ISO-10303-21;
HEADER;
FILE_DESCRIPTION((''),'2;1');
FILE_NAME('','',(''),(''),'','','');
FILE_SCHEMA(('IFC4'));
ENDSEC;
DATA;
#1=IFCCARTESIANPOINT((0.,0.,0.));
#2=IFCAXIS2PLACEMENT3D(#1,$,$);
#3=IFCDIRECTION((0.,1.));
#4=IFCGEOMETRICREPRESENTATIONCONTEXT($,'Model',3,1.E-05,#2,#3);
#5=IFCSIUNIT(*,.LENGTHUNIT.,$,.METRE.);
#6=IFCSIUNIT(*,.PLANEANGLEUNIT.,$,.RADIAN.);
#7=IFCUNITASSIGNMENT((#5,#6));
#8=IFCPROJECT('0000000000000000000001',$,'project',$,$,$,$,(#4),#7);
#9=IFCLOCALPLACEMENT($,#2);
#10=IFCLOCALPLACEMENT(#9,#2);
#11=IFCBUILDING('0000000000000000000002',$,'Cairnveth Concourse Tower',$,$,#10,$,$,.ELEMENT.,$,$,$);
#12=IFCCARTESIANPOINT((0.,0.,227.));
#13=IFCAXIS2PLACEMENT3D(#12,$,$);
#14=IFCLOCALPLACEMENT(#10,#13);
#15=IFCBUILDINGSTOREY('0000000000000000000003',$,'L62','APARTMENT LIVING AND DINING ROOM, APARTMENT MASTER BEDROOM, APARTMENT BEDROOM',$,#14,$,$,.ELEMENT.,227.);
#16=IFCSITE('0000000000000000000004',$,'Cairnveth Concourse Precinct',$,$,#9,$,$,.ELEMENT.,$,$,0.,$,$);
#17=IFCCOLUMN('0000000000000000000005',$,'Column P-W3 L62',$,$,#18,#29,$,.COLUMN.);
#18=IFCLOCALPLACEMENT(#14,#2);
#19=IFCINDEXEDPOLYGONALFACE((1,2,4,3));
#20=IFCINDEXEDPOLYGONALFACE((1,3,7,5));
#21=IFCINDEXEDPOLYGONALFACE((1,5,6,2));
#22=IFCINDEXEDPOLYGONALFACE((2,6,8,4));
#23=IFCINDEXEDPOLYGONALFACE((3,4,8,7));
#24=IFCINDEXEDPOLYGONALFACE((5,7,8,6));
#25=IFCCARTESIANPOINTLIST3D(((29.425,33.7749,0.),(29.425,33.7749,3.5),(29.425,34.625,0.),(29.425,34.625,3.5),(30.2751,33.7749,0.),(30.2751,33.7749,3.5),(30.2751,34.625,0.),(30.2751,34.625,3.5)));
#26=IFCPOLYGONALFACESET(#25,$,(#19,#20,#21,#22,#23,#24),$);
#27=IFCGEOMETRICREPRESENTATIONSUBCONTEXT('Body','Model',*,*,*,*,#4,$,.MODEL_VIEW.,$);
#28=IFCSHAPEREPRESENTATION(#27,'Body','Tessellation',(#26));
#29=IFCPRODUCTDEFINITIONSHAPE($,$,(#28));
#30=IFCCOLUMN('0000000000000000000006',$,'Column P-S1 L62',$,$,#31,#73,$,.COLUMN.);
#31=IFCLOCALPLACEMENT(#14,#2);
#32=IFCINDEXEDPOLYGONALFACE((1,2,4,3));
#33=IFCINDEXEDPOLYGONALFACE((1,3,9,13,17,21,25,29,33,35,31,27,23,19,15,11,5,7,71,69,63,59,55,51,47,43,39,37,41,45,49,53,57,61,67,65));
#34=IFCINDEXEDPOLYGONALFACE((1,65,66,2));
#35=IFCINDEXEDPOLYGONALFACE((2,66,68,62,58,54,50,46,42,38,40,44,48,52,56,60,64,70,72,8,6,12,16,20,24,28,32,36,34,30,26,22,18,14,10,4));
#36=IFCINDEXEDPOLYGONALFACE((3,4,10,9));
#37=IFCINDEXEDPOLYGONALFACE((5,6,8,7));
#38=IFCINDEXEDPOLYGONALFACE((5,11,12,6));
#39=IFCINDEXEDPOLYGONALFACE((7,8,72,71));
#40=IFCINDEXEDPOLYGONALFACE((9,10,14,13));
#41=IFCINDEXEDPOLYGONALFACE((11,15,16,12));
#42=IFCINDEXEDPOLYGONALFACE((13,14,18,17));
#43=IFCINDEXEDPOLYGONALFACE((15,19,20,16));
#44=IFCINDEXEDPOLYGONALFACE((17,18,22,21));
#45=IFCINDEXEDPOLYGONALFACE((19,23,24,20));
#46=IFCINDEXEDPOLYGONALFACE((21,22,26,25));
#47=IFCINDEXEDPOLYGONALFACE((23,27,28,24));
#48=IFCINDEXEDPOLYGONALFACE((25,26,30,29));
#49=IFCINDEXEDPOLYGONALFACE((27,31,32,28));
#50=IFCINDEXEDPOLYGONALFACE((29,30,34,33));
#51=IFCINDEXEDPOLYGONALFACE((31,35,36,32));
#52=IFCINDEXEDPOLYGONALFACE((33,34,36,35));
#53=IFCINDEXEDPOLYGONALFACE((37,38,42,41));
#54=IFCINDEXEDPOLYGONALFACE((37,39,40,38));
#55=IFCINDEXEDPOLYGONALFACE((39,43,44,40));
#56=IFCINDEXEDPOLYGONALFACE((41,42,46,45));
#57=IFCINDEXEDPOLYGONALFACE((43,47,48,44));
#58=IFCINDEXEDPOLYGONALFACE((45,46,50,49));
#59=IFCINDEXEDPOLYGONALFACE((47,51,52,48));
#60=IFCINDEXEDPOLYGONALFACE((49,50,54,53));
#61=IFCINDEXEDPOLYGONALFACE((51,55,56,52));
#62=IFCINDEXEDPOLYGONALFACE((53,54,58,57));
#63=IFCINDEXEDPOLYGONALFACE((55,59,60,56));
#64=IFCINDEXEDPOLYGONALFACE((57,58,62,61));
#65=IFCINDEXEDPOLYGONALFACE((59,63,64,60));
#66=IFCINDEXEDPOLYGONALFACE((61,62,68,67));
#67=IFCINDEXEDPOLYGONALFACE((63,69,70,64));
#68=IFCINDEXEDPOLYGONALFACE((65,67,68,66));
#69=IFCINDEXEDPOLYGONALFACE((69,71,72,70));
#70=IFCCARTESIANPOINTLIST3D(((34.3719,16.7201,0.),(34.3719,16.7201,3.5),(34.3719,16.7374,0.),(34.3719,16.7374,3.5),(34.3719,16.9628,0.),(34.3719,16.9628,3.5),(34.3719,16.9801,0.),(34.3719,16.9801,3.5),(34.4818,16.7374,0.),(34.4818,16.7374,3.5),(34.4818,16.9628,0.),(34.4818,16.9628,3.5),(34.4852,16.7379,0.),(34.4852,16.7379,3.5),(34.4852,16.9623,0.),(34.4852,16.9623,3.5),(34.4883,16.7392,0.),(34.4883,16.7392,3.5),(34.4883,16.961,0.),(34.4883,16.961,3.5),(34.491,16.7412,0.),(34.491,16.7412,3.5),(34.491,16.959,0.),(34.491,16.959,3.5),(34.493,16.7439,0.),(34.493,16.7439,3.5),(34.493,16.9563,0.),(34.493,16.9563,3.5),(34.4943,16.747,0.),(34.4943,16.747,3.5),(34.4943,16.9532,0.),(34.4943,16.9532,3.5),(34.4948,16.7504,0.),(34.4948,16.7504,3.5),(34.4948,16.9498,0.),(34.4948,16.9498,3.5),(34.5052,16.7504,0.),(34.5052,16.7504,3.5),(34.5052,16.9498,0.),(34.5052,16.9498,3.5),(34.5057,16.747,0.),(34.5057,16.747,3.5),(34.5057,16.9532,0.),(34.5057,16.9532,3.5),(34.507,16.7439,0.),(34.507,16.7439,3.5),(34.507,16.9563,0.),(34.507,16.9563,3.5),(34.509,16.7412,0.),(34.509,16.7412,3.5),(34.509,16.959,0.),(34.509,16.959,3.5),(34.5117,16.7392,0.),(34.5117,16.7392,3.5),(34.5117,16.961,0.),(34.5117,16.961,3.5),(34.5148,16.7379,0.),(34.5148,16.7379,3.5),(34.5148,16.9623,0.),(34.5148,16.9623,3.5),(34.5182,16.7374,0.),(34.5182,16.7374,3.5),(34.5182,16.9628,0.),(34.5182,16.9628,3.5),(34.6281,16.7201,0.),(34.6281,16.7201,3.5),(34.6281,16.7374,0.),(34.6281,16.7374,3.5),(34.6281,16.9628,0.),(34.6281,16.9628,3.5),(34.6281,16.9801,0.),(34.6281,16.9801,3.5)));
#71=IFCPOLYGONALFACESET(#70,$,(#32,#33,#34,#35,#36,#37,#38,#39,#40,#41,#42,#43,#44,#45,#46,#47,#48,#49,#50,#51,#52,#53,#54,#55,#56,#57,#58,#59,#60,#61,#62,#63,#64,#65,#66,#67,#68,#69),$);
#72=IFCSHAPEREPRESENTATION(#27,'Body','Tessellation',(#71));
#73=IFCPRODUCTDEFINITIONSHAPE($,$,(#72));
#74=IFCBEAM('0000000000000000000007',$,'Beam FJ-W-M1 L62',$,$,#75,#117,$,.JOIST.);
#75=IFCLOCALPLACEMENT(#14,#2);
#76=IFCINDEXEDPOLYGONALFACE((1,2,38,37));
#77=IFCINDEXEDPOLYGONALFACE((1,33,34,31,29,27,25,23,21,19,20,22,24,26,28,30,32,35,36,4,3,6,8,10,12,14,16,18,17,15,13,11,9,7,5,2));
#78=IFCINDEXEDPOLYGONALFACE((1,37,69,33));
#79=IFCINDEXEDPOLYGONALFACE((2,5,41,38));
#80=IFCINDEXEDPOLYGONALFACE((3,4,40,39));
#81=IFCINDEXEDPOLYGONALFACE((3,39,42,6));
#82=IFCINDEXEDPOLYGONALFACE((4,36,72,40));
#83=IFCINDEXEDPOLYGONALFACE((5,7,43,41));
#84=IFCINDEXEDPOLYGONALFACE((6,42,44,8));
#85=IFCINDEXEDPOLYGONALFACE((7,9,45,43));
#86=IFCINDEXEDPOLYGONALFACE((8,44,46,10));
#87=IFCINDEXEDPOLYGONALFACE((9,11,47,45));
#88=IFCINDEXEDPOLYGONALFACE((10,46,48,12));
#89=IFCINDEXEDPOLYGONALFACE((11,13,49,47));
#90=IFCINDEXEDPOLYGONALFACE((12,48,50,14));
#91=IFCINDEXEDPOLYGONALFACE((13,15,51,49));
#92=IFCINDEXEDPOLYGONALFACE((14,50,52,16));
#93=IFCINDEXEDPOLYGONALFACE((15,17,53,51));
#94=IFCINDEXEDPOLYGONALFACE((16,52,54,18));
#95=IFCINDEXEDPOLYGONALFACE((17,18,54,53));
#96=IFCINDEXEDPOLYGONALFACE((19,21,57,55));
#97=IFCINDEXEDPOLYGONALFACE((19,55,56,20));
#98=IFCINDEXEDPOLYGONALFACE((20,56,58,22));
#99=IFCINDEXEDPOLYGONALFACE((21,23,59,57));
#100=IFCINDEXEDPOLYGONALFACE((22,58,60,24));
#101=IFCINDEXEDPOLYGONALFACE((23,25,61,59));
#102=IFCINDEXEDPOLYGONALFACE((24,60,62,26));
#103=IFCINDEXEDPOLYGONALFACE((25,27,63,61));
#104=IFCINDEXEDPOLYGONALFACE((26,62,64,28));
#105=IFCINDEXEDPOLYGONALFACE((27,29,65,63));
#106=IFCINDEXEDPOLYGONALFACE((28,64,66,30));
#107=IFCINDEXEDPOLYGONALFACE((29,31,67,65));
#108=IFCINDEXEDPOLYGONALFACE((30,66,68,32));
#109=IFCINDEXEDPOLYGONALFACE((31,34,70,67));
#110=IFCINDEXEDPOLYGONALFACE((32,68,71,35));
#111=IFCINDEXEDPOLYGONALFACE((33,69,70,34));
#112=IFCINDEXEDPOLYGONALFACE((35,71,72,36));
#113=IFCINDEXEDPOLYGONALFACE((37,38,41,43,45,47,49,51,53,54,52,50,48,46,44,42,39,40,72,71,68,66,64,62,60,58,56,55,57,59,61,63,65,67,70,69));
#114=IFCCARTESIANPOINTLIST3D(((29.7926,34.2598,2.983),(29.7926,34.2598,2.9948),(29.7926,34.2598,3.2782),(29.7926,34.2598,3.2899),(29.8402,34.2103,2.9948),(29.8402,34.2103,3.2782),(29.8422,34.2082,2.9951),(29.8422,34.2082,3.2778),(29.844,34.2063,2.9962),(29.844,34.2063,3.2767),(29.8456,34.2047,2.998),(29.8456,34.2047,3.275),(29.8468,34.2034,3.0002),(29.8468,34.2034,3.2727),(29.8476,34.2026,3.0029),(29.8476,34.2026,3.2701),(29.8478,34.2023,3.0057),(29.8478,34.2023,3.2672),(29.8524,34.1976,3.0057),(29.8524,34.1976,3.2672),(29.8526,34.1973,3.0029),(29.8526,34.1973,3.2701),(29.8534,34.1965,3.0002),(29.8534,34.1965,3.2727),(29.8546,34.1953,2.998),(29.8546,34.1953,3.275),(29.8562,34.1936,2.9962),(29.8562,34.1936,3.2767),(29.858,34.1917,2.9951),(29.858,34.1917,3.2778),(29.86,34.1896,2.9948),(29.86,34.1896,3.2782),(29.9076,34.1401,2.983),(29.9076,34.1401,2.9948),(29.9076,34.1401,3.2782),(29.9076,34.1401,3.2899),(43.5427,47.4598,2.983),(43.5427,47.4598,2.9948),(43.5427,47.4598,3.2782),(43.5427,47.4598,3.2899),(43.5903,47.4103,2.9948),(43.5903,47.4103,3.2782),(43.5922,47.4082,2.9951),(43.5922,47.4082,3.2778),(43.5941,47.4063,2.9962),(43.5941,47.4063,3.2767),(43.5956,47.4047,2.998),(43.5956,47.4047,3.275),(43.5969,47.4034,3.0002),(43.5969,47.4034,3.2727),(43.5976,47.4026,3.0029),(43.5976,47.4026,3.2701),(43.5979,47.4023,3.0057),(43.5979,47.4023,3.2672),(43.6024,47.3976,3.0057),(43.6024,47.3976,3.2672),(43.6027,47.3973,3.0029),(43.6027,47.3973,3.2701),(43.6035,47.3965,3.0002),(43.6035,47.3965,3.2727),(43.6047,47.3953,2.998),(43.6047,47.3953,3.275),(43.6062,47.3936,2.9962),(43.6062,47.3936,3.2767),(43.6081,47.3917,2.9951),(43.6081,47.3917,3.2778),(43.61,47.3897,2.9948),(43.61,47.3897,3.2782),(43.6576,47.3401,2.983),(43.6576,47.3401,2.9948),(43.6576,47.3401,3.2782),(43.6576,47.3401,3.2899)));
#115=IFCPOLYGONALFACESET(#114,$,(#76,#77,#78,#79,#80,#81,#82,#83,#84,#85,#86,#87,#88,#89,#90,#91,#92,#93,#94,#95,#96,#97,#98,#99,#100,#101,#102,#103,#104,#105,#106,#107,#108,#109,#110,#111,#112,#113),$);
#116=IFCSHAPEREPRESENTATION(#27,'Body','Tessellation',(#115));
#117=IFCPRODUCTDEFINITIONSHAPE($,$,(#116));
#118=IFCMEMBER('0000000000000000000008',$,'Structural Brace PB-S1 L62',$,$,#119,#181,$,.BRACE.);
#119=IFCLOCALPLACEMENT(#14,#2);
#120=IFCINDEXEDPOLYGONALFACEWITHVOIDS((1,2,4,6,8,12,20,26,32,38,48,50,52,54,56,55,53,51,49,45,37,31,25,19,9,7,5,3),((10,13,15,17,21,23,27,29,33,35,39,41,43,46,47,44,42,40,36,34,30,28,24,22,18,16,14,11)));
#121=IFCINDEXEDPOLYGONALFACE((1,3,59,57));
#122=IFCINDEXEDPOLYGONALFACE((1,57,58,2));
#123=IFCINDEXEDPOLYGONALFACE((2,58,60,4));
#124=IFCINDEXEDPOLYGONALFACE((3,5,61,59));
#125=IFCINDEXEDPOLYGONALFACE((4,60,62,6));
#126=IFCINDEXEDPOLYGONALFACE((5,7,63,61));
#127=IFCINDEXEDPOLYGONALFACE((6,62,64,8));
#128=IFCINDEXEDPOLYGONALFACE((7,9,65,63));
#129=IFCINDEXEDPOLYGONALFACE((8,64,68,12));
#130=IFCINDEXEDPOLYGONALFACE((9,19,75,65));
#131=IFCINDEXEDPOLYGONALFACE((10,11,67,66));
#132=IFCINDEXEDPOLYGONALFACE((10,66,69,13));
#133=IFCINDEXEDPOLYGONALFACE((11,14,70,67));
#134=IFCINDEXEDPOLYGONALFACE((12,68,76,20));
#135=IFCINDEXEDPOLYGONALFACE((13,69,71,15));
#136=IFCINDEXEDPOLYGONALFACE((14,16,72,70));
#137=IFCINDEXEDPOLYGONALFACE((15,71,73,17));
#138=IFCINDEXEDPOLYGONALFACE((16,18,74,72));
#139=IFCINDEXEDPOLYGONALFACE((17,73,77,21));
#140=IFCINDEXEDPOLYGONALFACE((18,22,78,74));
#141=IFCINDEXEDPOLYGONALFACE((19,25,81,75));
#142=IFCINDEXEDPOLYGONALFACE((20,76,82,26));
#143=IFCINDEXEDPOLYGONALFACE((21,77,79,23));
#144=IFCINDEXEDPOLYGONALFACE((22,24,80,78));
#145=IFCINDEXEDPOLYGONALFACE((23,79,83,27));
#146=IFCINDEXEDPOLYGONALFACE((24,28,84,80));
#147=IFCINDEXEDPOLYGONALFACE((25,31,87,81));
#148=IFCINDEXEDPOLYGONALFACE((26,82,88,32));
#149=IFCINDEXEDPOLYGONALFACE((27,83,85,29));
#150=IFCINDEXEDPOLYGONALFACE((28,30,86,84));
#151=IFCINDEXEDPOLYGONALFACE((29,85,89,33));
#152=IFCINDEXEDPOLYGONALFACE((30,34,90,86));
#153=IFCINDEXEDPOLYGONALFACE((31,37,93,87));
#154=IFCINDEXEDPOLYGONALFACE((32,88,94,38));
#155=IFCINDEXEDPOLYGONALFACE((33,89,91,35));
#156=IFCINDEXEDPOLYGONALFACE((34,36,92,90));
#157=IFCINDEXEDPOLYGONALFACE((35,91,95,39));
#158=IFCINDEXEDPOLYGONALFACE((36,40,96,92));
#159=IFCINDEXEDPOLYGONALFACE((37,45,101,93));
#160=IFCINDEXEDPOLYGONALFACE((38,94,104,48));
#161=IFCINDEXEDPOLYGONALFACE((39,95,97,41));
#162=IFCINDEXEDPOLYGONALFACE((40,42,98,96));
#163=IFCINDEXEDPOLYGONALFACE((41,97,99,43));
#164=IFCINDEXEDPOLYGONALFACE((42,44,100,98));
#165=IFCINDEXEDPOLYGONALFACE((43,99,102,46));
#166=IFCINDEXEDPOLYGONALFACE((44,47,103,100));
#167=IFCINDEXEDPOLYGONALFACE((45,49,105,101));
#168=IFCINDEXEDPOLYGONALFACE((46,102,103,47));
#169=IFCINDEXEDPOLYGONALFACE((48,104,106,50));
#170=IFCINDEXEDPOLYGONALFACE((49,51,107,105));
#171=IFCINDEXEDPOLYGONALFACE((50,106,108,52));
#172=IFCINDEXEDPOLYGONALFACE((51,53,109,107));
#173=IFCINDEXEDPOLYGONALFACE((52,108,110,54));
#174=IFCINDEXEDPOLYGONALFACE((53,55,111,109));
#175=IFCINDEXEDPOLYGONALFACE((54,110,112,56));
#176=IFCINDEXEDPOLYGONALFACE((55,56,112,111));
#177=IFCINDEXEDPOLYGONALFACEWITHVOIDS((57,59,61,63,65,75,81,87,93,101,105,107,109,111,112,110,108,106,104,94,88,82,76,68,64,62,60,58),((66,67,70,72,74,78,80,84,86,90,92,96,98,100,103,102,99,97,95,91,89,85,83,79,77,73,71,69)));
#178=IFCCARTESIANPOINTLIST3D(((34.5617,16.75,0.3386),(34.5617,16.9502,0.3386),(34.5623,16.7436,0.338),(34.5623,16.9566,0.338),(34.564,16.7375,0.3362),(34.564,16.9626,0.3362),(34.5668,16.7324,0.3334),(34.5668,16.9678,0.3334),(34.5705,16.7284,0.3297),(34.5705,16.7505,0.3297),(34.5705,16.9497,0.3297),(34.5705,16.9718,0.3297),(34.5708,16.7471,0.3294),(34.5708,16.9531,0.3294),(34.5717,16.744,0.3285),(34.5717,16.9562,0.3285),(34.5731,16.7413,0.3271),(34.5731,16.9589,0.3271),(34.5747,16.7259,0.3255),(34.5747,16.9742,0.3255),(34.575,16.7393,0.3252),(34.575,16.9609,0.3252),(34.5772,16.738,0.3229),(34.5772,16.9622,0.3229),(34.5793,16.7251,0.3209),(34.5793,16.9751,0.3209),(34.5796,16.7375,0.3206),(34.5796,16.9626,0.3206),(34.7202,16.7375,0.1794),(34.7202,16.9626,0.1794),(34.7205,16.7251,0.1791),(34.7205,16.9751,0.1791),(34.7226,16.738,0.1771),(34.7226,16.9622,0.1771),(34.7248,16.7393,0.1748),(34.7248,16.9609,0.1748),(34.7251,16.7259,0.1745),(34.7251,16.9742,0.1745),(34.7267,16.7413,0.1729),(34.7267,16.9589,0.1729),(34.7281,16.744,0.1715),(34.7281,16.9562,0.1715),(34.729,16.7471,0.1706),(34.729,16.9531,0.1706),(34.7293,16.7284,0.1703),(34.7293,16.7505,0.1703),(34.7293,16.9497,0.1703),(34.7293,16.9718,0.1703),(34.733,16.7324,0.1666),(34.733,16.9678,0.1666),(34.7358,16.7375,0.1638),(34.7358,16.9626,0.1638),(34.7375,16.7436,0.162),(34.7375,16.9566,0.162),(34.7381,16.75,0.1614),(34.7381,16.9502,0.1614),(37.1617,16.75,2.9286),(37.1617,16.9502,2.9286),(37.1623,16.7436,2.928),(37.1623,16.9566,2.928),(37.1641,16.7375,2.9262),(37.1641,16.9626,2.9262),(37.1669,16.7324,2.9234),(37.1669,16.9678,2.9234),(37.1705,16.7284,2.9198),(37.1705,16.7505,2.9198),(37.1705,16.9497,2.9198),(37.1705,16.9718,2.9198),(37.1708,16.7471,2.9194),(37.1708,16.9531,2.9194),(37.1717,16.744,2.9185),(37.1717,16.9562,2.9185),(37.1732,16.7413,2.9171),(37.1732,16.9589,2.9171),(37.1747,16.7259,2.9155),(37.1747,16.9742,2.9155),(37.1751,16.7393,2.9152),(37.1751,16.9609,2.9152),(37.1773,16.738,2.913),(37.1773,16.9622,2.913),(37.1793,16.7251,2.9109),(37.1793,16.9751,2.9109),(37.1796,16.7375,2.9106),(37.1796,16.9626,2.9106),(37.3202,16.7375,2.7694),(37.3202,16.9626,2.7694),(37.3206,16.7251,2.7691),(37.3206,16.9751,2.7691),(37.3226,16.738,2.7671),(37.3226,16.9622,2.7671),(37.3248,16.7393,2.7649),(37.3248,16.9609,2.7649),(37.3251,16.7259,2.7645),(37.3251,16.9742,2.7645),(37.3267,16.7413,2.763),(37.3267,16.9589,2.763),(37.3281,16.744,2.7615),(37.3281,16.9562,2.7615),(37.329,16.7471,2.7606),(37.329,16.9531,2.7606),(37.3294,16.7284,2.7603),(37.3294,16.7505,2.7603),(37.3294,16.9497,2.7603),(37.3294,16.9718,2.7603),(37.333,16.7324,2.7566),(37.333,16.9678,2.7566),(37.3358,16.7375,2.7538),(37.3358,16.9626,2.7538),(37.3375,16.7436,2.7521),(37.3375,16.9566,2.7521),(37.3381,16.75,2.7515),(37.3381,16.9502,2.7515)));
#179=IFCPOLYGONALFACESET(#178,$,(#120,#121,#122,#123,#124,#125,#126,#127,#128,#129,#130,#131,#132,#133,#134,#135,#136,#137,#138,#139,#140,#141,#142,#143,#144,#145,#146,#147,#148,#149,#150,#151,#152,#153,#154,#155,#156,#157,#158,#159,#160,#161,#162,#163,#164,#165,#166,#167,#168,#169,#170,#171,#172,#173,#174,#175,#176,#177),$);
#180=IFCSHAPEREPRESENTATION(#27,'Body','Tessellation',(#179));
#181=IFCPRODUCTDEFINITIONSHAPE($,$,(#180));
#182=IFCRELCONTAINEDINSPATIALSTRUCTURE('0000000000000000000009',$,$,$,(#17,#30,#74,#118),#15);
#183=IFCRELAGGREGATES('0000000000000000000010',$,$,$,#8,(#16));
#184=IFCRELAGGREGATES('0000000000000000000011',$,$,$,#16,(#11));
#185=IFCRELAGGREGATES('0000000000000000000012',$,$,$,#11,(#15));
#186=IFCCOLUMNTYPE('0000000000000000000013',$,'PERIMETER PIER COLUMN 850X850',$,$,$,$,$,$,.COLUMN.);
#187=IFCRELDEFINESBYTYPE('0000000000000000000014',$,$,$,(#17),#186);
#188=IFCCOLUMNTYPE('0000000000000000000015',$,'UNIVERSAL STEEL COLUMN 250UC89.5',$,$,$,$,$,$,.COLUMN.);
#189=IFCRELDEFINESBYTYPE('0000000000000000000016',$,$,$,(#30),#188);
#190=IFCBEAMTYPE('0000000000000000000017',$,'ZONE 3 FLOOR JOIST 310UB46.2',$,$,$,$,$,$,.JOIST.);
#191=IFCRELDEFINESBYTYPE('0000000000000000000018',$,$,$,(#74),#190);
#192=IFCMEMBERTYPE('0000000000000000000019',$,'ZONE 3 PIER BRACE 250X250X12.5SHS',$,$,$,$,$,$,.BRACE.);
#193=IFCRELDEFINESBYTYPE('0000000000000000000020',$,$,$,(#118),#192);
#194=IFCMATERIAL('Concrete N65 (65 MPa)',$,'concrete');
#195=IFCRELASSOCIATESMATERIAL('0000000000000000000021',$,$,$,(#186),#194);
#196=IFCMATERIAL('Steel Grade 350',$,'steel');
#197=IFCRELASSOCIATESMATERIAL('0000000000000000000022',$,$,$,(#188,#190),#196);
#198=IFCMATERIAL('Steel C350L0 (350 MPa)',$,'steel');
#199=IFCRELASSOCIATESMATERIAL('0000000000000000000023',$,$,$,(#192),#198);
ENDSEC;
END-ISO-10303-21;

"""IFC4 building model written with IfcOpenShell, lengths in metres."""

from ifc_helpers import new_model, si_unit, direction, frame, origin, origin_2d, place, context, subcontext, project, spatial, rectangle, hollow_rectangle, i_section, extrude, material, material_profile, profile_set, type_object, element, save


model = new_model("IFC4")

# Units and contexts
model_context = context("Model", 3, precision=1e-05, world=origin(), true_north=direction((0.0, 1.0)))
body_context = subcontext(model_context, "Body", "Model", "MODEL_VIEW")
ifc_project = project(units=[si_unit("LENGTHUNIT", "METRE"), si_unit("PLANEANGLEUNIT", "RADIAN")], contexts=[model_context])

# Site, building, storey
site_placement = place(None, origin())
site = spatial("IfcSite", under=ifc_project, at=site_placement, Name="Cairnveth Concourse Precinct", CompositionType="ELEMENT", RefElevation=0.0)
building_placement = place(site_placement, origin())
building = spatial("IfcBuilding", under=site, at=building_placement, Name="Cairnveth Concourse Tower", CompositionType="ELEMENT")
storey_placement = place(building_placement, frame((0.0, 0.0, 227.0)))
storey = spatial("IfcBuildingStorey", under=building, at=storey_placement, Name="L62", Description="APARTMENT LIVING AND DINING ROOM, APARTMENT MASTER BEDROOM, APARTMENT BEDROOM", CompositionType="ELEMENT", Elevation=227.0)

# Columns
ifc_material_1 = material(Name="Concrete N65 (65 MPa)", Category="concrete")
ifc_material_profile_1 = material_profile(ifc_material_1, rectangle(XDim=0.8501, YDim=0.8501, at=origin_2d()), Name="RC-COL-850x850")
ifc_profile_set_1 = profile_set([ifc_material_profile_1], Name="Concrete N65 (65 MPa)")
column_type_1 = type_object("IfcColumnType", Name="PERIMETER PIER COLUMN 850X850", PredefinedType="COLUMN", material=ifc_profile_set_1)
column_1_placement = place(storey_placement, frame((29.8501, 34.2, 0.0), z_axis=(0.0, 0.0, 1.0), x_axis=(0.0, 1.0, 0.0)))
element("IfcColumn", 1, at=column_1_placement, inside=storey, type_object=column_type_1, Name="Column P-W3 L62", PredefinedType="COLUMN", context=body_context, shape_type="SweptSolid", body=[
    extrude(rectangle(XDim=0.8501, YDim=0.8501, at=origin_2d()), origin(), (0.0, 0.0, 1.0), 3.5),
])
ifc_material_2 = material(Name="Steel Grade 350", Category="steel")
ifc_material_profile_2 = material_profile(ifc_material_2, i_section(OverallWidth=0.2561, OverallDepth=0.26, WebThickness=0.0105, FlangeThickness=0.0173, FilletRadius=0.0129, at=origin_2d()), Name="250UC89.5")
ifc_profile_set_2 = profile_set([ifc_material_profile_2], Name="Steel Grade 350")
column_type_2 = type_object("IfcColumnType", Name="UNIVERSAL STEEL COLUMN 250UC89.5", PredefinedType="COLUMN", material=ifc_profile_set_2)
column_2_placement = place(storey_placement, frame((34.5, 16.8501, 0.0), z_axis=(0.0, 0.0, 1.0), x_axis=(1.0, 0.0, 0.0)))
element("IfcColumn", 2, at=column_2_placement, inside=storey, type_object=column_type_2, Name="Column P-S1 L62", PredefinedType="COLUMN", context=body_context, shape_type="SweptSolid", body=[
    extrude(i_section(OverallWidth=0.2561, OverallDepth=0.26, WebThickness=0.0105, FlangeThickness=0.0173, FilletRadius=0.0129, at=origin_2d()), origin(), (0.0, 0.0, 1.0), 3.5),
])

# Beam
ifc_material_profile_3 = material_profile(ifc_material_2, i_section(OverallWidth=0.166, OverallDepth=0.3069, WebThickness=0.0066, FlangeThickness=0.0117, FilletRadius=0.011, at=origin_2d()), Name="310UB46.2")
ifc_profile_set_3 = profile_set([ifc_material_profile_3], Name="Steel Grade 350")
beam_type_1 = type_object("IfcBeamType", Name="ZONE 3 FLOOR JOIST 310UB46.2", PredefinedType="JOIST", material=ifc_profile_set_3)
beam_1_placement = place(storey_placement, frame((29.8501, 34.2, 3.1365), z_axis=(0.721389, 0.69253, 0.0), x_axis=(-0.69253, 0.721389, 0.0)))
element("IfcBeam", 3, at=beam_1_placement, inside=storey, type_object=beam_type_1, Name="Beam FJ-W-M1 L62", PredefinedType="JOIST", context=body_context, shape_type="SweptSolid", body=[
    extrude(i_section(OverallWidth=0.166, OverallDepth=0.3069, WebThickness=0.0066, FlangeThickness=0.0117, FilletRadius=0.011, at=origin_2d()), origin(), (0.0, 0.0, 1.0), 19.0605),
])

# Member
ifc_material_3 = material(Name="Steel C350L0 (350 MPa)", Category="steel")
ifc_material_profile_4 = material_profile(ifc_material_3, hollow_rectangle(XDim=0.25, YDim=0.25, WallThickness=0.0125, InnerFilletRadius=0.0129, OuterFilletRadius=0.0249, at=origin_2d()), Name="250x250x12.5SHS")
ifc_profile_set_4 = profile_set([ifc_material_profile_4], Name="Steel C350L0 (350 MPa)")
member_type = type_object("IfcMemberType", Name="ZONE 3 PIER BRACE 250X250X12.5SHS", PredefinedType="BRACE", material=ifc_profile_set_4)
member_placement = place(storey_placement, frame((34.6499, 16.8501, 0.25), z_axis=(0.708469, 0.0, 0.705742), x_axis=(0.0, 1.0, 0.0)))
element("IfcMember", 4, at=member_placement, inside=storey, type_object=member_type, Name="Structural Brace PB-S1 L62", PredefinedType="BRACE", context=body_context, shape_type="SweptSolid", body=[
    extrude(hollow_rectangle(XDim=0.25, YDim=0.25, WallThickness=0.0125, InnerFilletRadius=0.0129, OuterFilletRadius=0.0249, at=origin_2d()), origin(), (0.0, 0.0, 1.0), 3.6699),
])

save(model, "model.ifc")
